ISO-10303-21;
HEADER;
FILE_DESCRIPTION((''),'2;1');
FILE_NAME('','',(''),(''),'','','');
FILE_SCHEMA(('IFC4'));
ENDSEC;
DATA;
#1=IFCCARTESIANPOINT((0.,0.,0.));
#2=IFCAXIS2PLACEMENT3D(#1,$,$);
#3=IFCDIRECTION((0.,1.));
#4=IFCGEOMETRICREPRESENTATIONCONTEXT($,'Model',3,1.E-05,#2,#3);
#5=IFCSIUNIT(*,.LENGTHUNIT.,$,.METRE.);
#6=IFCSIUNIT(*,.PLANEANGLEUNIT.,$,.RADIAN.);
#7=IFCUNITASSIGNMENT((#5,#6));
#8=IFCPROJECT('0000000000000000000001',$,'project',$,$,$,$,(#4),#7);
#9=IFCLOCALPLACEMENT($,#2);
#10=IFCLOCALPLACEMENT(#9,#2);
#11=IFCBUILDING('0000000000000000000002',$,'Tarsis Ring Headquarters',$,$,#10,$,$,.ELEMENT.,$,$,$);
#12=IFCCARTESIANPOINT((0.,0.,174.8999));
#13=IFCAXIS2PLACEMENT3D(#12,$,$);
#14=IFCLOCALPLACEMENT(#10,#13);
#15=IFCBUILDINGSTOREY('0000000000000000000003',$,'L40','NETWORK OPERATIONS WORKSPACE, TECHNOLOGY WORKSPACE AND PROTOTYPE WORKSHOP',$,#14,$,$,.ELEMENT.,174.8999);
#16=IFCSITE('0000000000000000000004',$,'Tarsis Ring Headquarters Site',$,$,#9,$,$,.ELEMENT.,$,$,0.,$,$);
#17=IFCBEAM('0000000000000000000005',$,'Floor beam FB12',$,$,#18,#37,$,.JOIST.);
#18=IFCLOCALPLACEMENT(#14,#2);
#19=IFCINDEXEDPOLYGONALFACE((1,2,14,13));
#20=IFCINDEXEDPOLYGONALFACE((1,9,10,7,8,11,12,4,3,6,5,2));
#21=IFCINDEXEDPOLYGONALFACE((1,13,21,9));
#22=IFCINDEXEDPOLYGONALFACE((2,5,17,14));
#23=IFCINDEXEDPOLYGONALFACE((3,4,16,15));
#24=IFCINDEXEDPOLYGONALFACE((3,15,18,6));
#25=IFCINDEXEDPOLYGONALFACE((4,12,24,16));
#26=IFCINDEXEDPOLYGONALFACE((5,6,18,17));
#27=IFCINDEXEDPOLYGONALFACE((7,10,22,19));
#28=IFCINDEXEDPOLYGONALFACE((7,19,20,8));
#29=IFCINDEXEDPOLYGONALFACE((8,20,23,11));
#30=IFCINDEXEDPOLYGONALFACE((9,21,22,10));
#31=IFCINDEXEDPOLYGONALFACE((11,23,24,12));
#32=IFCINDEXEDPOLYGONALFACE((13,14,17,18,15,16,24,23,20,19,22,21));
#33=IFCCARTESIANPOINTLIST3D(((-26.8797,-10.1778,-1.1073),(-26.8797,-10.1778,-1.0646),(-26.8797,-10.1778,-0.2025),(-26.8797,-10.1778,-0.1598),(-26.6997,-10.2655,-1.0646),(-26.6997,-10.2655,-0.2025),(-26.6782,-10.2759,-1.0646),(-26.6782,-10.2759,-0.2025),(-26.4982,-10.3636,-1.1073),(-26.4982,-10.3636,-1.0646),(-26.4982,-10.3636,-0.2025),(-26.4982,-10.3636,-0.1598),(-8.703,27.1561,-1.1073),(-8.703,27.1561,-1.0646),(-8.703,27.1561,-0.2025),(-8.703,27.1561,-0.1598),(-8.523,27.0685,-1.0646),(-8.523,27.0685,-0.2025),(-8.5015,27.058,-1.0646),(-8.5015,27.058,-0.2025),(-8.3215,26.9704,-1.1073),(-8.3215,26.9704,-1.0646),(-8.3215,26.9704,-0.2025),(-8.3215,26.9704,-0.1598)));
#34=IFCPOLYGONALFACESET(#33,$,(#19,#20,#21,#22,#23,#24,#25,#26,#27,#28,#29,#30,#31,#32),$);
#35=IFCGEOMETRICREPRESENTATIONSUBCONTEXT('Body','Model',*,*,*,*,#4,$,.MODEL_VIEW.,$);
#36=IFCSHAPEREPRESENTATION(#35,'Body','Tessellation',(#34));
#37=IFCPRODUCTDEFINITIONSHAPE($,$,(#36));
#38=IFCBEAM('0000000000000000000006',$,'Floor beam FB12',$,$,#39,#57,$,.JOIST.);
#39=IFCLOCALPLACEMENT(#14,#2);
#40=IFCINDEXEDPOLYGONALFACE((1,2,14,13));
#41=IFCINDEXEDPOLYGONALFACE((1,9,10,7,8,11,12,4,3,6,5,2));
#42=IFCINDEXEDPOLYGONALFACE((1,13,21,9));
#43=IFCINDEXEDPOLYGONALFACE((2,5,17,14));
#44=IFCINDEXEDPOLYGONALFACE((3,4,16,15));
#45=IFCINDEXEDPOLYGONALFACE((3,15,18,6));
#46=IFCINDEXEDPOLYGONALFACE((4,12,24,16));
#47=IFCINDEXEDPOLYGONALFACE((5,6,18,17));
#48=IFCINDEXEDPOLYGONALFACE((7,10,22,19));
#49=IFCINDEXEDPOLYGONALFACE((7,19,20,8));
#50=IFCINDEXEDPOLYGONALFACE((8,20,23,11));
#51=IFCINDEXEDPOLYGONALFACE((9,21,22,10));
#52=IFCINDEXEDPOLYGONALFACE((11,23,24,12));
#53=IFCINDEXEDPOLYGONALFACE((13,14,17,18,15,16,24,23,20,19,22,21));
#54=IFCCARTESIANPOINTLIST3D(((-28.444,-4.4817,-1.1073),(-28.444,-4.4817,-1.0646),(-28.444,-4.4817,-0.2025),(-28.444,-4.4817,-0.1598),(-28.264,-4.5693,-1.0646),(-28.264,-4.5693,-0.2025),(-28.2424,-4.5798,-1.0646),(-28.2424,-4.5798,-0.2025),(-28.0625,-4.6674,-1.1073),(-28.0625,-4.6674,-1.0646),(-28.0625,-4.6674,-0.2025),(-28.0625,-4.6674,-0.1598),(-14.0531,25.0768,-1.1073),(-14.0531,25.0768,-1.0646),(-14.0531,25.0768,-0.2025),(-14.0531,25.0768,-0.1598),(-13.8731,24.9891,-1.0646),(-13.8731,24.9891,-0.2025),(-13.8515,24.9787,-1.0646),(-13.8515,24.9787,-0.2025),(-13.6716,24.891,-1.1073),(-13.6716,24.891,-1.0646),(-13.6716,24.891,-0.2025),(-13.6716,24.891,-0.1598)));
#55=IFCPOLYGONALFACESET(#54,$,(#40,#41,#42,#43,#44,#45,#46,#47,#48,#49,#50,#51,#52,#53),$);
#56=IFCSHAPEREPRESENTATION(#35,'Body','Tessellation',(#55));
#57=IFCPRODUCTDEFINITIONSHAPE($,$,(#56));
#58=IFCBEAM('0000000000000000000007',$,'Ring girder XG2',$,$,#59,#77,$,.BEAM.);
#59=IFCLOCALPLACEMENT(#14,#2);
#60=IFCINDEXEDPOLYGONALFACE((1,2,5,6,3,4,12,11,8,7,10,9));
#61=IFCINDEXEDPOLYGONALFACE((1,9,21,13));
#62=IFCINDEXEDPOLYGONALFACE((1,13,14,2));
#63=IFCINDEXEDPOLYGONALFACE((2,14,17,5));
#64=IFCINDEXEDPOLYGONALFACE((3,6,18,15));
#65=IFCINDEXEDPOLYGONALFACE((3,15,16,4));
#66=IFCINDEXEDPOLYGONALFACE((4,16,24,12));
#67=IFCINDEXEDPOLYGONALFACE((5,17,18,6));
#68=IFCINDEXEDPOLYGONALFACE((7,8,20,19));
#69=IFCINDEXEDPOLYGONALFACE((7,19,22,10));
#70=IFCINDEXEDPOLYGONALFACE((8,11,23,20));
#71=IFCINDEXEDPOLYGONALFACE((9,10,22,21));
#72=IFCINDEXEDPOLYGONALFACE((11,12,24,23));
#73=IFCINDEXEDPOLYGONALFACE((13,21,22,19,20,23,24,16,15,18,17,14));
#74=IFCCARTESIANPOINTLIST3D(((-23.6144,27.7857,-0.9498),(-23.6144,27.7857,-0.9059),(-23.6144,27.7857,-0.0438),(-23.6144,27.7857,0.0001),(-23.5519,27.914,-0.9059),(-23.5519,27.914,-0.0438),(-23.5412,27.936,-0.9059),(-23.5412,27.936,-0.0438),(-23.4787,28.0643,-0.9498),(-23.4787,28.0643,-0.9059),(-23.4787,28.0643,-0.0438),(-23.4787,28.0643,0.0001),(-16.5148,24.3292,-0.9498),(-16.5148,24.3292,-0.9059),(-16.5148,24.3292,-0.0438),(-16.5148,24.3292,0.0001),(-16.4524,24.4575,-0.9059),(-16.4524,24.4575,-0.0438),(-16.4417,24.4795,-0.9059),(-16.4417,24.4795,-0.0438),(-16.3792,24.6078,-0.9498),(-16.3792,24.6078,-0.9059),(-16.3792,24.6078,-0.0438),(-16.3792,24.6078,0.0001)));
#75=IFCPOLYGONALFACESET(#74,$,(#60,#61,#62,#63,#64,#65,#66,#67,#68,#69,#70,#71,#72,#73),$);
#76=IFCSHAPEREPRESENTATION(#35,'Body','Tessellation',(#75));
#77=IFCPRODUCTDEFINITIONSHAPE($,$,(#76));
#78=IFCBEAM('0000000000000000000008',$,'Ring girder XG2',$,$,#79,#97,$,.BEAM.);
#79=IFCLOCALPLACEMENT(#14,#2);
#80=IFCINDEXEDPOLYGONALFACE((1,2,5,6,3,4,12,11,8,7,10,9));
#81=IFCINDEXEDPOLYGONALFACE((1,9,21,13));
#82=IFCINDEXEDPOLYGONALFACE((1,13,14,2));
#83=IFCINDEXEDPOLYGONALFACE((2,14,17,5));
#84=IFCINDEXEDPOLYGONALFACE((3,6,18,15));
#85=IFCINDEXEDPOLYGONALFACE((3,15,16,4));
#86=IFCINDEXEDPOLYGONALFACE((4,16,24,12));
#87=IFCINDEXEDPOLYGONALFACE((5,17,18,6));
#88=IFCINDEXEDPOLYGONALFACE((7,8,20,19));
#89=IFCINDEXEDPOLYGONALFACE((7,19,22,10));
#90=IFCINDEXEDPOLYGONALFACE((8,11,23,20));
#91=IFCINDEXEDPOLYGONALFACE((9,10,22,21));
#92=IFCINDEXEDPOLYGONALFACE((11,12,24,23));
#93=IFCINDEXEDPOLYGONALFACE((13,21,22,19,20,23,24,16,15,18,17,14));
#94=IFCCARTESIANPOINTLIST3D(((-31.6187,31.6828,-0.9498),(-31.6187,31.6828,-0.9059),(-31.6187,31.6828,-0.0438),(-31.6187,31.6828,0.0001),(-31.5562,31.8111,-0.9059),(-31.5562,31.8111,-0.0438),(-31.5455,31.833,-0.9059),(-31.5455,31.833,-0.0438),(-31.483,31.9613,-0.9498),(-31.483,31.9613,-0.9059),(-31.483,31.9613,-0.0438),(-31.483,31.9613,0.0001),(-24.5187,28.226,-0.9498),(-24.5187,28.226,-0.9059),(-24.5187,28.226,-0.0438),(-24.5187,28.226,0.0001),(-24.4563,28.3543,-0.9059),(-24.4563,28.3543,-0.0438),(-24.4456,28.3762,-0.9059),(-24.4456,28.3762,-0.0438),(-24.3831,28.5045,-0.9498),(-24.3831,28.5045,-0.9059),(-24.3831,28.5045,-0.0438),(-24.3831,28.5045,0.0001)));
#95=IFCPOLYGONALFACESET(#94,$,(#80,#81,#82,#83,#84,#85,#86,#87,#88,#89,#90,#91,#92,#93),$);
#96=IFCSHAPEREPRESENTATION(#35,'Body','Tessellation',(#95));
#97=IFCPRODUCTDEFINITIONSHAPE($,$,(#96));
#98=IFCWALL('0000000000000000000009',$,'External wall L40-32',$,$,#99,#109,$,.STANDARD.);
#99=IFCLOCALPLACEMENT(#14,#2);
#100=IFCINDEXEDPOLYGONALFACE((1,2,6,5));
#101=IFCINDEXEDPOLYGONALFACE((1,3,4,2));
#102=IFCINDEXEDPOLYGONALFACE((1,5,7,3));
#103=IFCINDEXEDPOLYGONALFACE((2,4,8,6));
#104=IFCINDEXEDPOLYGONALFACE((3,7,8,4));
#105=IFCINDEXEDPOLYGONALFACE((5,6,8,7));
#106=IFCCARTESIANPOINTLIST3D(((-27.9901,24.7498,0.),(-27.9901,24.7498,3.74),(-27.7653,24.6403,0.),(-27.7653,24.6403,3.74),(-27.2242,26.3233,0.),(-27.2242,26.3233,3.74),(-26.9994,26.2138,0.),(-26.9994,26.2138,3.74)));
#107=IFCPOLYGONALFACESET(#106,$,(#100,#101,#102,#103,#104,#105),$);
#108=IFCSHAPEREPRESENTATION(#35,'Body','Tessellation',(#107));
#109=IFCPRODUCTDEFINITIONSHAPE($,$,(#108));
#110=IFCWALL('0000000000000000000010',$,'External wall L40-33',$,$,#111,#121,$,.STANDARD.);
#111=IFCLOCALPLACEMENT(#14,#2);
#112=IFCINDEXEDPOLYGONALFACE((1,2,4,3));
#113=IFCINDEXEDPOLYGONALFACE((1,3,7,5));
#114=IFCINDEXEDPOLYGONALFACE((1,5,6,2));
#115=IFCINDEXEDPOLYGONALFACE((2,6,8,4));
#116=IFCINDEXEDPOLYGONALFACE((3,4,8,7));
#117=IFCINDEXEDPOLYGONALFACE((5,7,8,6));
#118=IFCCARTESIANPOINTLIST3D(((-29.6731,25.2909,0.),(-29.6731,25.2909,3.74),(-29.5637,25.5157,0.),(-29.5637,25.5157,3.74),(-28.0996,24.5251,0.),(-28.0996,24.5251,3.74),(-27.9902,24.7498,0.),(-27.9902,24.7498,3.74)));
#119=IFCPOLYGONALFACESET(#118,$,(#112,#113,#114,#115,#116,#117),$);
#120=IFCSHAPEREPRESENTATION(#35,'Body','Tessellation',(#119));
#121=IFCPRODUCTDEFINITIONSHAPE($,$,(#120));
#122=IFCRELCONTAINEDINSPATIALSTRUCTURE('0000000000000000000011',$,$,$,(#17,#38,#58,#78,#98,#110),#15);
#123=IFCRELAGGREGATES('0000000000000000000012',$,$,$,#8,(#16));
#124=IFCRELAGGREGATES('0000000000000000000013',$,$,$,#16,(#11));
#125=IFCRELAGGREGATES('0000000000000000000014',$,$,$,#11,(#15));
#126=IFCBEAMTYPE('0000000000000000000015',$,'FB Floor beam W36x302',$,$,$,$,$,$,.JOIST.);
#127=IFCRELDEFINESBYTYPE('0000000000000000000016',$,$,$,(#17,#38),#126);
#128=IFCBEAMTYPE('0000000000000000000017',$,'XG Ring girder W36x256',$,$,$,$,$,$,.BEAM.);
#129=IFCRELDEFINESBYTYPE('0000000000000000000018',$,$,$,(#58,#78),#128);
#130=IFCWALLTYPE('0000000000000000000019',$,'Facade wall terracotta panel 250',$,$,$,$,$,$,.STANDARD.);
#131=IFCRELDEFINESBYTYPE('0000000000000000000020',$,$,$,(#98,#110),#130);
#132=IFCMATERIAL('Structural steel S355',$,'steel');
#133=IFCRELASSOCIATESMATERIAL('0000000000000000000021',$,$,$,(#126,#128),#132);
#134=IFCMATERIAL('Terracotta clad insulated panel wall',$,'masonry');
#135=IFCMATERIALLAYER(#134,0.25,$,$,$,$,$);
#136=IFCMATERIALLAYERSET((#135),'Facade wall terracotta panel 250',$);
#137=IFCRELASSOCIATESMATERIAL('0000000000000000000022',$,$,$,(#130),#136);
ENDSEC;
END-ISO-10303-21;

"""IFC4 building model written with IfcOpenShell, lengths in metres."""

from ifc_helpers import new_model, si_unit, direction, frame, frame_2d, origin, origin_2d, place, context, subcontext, project, spatial, rectangle, i_section, extrude, material, layer, layer_set, material_profile, profile_set, type_object, element, save


model = new_model("IFC4")

# Units and contexts
model_context = context("Model", 3, precision=1e-05, world=origin(), true_north=direction((0.0, 1.0)))
body_context = subcontext(model_context, "Body", "Model", "MODEL_VIEW")
ifc_project = project(units=[si_unit("LENGTHUNIT", "METRE"), si_unit("PLANEANGLEUNIT", "RADIAN")], contexts=[model_context])

# Site, building, storey
site_placement = place(None, origin())
site = spatial("IfcSite", under=ifc_project, at=site_placement, Name="Tarsis Ring Headquarters Site", CompositionType="ELEMENT", RefElevation=0.0)
building_placement = place(site_placement, origin())
building = spatial("IfcBuilding", under=site, at=building_placement, Name="Tarsis Ring Headquarters", CompositionType="ELEMENT")
storey_placement = place(building_placement, frame((0.0, 0.0, 174.8999)))
storey = spatial("IfcBuildingStorey", under=building, at=storey_placement, Name="L40", Description="NETWORK OPERATIONS WORKSPACE, TECHNOLOGY WORKSPACE AND PROTOTYPE WORKSHOP", CompositionType="ELEMENT", Elevation=174.8999)

# Shared definitions
ifc_material_1 = material(Name="Structural steel S355", Category="steel")

# Beams
ifc_material_profile_1 = material_profile(ifc_material_1, i_section(OverallWidth=0.3098, OverallDepth=0.95, WebThickness=0.0244, FlangeThickness=0.0439, at=origin_2d()), Name="W36x256")
ifc_profile_set_1 = profile_set([ifc_material_profile_1], Name="Structural steel S355")
ifc_material_profile_2 = material_profile(ifc_material_1, i_section(OverallWidth=0.4243, OverallDepth=0.9475, WebThickness=0.0239, FlangeThickness=0.0427, at=origin_2d()), Name="W36x302")
ifc_profile_set_2 = profile_set([ifc_material_profile_2], Name="Structural steel S355")
beam_type_1 = type_object("IfcBeamType", Name="FB Floor beam W36x302", PredefinedType="JOIST", material=ifc_profile_set_2)
beam_1_placement = place(storey_placement, frame((-8.5122, 27.0632, -0.6335), z_axis=(-0.437744, -0.8991, 0.0), x_axis=(0.8991, -0.437744, 0.0)))
element("IfcBeam", 1, at=beam_1_placement, inside=storey, type_object=beam_type_1, Name="Floor beam FB12", PredefinedType="JOIST", context=body_context, shape_type="SweptSolid", body=[
    extrude(i_section(OverallWidth=0.4243, OverallDepth=0.9475, WebThickness=0.0239, FlangeThickness=0.0427, at=origin_2d()), origin(), (0.0, 0.0, 1.0), 41.5237),
])
beam_2_placement = place(storey_placement, frame((-13.8623, 24.9839, -0.6335), z_axis=(-0.437739, -0.899102, 0.0), x_axis=(0.899102, -0.437739, 0.0)))
element("IfcBeam", 2, at=beam_2_placement, inside=storey, type_object=beam_type_1, Name="Floor beam FB12", PredefinedType="JOIST", context=body_context, shape_type="SweptSolid", body=[
    extrude(i_section(OverallWidth=0.4243, OverallDepth=0.9475, WebThickness=0.0239, FlangeThickness=0.0427, at=origin_2d()), origin(), (0.0, 0.0, 1.0), 32.8755),
])
beam_type_2 = type_object("IfcBeamType", Name="XG Ring girder W36x256", PredefinedType="BEAM", material=ifc_profile_set_1)
beam_3_placement = place(storey_placement, frame((-16.447, 24.4685, -0.4749), z_axis=(-0.899102, 0.43774, 0.0), x_axis=(-0.43774, -0.899102, 0.0)))
element("IfcBeam", 3, at=beam_3_placement, inside=storey, type_object=beam_type_2, Name="Ring girder XG2", PredefinedType="BEAM", context=body_context, shape_type="SweptSolid", body=[
    extrude(i_section(OverallWidth=0.3098, OverallDepth=0.95, WebThickness=0.0244, FlangeThickness=0.0439, at=origin_2d()), origin(), (0.0, 0.0, 1.0), 7.8962),
])
beam_4_placement = place(storey_placement, frame((-24.4509, 28.3652, -0.4749), z_axis=(-0.899095, 0.437753, 0.0), x_axis=(-0.437753, -0.899095, 0.0)))
element("IfcBeam", 4, at=beam_4_placement, inside=storey, type_object=beam_type_2, Name="Ring girder XG2", PredefinedType="BEAM", context=body_context, shape_type="SweptSolid", body=[
    extrude(i_section(OverallWidth=0.3098, OverallDepth=0.95, WebThickness=0.0244, FlangeThickness=0.0439, at=origin_2d()), origin(), (0.0, 0.0, 1.0), 7.8967),
])

# Walls
ifc_material_2 = material(Name="Terracotta clad insulated panel wall", Category="masonry")
ifc_layer = layer(ifc_material_2, 0.25)
ifc_layer_set = layer_set([ifc_layer], Name="Facade wall terracotta panel 250")
wall_type = type_object("IfcWallType", Name="Facade wall terracotta panel 250", PredefinedType="STANDARD", material=ifc_layer_set)
for number, where, z_axis, x_axis, name in (
    (5, (-27.1118, 26.2686, 0.0), (0.0, 0.0, 1.0), (-0.437646, -0.899148, 0.0), "External wall L40-32"),
    (6, (-28.0449, 24.6375, 0.0), (0.0, 0.0, 1.0), (-0.899148, 0.437646, 0.0), "External wall L40-33"),
):
    element("IfcWall", number, at=place(storey_placement, frame(where, z_axis=z_axis, x_axis=x_axis)), inside=storey, type_object=wall_type, Name=name, PredefinedType="STANDARD", context=body_context, shape_type="SweptSolid", body=[
        extrude(rectangle(XDim=1.75, YDim=0.25, at=frame_2d((0.875, 0.0))), origin(), (0.0, 0.0, 1.0), 3.74),
    ])

save(model, "model.ifc")
